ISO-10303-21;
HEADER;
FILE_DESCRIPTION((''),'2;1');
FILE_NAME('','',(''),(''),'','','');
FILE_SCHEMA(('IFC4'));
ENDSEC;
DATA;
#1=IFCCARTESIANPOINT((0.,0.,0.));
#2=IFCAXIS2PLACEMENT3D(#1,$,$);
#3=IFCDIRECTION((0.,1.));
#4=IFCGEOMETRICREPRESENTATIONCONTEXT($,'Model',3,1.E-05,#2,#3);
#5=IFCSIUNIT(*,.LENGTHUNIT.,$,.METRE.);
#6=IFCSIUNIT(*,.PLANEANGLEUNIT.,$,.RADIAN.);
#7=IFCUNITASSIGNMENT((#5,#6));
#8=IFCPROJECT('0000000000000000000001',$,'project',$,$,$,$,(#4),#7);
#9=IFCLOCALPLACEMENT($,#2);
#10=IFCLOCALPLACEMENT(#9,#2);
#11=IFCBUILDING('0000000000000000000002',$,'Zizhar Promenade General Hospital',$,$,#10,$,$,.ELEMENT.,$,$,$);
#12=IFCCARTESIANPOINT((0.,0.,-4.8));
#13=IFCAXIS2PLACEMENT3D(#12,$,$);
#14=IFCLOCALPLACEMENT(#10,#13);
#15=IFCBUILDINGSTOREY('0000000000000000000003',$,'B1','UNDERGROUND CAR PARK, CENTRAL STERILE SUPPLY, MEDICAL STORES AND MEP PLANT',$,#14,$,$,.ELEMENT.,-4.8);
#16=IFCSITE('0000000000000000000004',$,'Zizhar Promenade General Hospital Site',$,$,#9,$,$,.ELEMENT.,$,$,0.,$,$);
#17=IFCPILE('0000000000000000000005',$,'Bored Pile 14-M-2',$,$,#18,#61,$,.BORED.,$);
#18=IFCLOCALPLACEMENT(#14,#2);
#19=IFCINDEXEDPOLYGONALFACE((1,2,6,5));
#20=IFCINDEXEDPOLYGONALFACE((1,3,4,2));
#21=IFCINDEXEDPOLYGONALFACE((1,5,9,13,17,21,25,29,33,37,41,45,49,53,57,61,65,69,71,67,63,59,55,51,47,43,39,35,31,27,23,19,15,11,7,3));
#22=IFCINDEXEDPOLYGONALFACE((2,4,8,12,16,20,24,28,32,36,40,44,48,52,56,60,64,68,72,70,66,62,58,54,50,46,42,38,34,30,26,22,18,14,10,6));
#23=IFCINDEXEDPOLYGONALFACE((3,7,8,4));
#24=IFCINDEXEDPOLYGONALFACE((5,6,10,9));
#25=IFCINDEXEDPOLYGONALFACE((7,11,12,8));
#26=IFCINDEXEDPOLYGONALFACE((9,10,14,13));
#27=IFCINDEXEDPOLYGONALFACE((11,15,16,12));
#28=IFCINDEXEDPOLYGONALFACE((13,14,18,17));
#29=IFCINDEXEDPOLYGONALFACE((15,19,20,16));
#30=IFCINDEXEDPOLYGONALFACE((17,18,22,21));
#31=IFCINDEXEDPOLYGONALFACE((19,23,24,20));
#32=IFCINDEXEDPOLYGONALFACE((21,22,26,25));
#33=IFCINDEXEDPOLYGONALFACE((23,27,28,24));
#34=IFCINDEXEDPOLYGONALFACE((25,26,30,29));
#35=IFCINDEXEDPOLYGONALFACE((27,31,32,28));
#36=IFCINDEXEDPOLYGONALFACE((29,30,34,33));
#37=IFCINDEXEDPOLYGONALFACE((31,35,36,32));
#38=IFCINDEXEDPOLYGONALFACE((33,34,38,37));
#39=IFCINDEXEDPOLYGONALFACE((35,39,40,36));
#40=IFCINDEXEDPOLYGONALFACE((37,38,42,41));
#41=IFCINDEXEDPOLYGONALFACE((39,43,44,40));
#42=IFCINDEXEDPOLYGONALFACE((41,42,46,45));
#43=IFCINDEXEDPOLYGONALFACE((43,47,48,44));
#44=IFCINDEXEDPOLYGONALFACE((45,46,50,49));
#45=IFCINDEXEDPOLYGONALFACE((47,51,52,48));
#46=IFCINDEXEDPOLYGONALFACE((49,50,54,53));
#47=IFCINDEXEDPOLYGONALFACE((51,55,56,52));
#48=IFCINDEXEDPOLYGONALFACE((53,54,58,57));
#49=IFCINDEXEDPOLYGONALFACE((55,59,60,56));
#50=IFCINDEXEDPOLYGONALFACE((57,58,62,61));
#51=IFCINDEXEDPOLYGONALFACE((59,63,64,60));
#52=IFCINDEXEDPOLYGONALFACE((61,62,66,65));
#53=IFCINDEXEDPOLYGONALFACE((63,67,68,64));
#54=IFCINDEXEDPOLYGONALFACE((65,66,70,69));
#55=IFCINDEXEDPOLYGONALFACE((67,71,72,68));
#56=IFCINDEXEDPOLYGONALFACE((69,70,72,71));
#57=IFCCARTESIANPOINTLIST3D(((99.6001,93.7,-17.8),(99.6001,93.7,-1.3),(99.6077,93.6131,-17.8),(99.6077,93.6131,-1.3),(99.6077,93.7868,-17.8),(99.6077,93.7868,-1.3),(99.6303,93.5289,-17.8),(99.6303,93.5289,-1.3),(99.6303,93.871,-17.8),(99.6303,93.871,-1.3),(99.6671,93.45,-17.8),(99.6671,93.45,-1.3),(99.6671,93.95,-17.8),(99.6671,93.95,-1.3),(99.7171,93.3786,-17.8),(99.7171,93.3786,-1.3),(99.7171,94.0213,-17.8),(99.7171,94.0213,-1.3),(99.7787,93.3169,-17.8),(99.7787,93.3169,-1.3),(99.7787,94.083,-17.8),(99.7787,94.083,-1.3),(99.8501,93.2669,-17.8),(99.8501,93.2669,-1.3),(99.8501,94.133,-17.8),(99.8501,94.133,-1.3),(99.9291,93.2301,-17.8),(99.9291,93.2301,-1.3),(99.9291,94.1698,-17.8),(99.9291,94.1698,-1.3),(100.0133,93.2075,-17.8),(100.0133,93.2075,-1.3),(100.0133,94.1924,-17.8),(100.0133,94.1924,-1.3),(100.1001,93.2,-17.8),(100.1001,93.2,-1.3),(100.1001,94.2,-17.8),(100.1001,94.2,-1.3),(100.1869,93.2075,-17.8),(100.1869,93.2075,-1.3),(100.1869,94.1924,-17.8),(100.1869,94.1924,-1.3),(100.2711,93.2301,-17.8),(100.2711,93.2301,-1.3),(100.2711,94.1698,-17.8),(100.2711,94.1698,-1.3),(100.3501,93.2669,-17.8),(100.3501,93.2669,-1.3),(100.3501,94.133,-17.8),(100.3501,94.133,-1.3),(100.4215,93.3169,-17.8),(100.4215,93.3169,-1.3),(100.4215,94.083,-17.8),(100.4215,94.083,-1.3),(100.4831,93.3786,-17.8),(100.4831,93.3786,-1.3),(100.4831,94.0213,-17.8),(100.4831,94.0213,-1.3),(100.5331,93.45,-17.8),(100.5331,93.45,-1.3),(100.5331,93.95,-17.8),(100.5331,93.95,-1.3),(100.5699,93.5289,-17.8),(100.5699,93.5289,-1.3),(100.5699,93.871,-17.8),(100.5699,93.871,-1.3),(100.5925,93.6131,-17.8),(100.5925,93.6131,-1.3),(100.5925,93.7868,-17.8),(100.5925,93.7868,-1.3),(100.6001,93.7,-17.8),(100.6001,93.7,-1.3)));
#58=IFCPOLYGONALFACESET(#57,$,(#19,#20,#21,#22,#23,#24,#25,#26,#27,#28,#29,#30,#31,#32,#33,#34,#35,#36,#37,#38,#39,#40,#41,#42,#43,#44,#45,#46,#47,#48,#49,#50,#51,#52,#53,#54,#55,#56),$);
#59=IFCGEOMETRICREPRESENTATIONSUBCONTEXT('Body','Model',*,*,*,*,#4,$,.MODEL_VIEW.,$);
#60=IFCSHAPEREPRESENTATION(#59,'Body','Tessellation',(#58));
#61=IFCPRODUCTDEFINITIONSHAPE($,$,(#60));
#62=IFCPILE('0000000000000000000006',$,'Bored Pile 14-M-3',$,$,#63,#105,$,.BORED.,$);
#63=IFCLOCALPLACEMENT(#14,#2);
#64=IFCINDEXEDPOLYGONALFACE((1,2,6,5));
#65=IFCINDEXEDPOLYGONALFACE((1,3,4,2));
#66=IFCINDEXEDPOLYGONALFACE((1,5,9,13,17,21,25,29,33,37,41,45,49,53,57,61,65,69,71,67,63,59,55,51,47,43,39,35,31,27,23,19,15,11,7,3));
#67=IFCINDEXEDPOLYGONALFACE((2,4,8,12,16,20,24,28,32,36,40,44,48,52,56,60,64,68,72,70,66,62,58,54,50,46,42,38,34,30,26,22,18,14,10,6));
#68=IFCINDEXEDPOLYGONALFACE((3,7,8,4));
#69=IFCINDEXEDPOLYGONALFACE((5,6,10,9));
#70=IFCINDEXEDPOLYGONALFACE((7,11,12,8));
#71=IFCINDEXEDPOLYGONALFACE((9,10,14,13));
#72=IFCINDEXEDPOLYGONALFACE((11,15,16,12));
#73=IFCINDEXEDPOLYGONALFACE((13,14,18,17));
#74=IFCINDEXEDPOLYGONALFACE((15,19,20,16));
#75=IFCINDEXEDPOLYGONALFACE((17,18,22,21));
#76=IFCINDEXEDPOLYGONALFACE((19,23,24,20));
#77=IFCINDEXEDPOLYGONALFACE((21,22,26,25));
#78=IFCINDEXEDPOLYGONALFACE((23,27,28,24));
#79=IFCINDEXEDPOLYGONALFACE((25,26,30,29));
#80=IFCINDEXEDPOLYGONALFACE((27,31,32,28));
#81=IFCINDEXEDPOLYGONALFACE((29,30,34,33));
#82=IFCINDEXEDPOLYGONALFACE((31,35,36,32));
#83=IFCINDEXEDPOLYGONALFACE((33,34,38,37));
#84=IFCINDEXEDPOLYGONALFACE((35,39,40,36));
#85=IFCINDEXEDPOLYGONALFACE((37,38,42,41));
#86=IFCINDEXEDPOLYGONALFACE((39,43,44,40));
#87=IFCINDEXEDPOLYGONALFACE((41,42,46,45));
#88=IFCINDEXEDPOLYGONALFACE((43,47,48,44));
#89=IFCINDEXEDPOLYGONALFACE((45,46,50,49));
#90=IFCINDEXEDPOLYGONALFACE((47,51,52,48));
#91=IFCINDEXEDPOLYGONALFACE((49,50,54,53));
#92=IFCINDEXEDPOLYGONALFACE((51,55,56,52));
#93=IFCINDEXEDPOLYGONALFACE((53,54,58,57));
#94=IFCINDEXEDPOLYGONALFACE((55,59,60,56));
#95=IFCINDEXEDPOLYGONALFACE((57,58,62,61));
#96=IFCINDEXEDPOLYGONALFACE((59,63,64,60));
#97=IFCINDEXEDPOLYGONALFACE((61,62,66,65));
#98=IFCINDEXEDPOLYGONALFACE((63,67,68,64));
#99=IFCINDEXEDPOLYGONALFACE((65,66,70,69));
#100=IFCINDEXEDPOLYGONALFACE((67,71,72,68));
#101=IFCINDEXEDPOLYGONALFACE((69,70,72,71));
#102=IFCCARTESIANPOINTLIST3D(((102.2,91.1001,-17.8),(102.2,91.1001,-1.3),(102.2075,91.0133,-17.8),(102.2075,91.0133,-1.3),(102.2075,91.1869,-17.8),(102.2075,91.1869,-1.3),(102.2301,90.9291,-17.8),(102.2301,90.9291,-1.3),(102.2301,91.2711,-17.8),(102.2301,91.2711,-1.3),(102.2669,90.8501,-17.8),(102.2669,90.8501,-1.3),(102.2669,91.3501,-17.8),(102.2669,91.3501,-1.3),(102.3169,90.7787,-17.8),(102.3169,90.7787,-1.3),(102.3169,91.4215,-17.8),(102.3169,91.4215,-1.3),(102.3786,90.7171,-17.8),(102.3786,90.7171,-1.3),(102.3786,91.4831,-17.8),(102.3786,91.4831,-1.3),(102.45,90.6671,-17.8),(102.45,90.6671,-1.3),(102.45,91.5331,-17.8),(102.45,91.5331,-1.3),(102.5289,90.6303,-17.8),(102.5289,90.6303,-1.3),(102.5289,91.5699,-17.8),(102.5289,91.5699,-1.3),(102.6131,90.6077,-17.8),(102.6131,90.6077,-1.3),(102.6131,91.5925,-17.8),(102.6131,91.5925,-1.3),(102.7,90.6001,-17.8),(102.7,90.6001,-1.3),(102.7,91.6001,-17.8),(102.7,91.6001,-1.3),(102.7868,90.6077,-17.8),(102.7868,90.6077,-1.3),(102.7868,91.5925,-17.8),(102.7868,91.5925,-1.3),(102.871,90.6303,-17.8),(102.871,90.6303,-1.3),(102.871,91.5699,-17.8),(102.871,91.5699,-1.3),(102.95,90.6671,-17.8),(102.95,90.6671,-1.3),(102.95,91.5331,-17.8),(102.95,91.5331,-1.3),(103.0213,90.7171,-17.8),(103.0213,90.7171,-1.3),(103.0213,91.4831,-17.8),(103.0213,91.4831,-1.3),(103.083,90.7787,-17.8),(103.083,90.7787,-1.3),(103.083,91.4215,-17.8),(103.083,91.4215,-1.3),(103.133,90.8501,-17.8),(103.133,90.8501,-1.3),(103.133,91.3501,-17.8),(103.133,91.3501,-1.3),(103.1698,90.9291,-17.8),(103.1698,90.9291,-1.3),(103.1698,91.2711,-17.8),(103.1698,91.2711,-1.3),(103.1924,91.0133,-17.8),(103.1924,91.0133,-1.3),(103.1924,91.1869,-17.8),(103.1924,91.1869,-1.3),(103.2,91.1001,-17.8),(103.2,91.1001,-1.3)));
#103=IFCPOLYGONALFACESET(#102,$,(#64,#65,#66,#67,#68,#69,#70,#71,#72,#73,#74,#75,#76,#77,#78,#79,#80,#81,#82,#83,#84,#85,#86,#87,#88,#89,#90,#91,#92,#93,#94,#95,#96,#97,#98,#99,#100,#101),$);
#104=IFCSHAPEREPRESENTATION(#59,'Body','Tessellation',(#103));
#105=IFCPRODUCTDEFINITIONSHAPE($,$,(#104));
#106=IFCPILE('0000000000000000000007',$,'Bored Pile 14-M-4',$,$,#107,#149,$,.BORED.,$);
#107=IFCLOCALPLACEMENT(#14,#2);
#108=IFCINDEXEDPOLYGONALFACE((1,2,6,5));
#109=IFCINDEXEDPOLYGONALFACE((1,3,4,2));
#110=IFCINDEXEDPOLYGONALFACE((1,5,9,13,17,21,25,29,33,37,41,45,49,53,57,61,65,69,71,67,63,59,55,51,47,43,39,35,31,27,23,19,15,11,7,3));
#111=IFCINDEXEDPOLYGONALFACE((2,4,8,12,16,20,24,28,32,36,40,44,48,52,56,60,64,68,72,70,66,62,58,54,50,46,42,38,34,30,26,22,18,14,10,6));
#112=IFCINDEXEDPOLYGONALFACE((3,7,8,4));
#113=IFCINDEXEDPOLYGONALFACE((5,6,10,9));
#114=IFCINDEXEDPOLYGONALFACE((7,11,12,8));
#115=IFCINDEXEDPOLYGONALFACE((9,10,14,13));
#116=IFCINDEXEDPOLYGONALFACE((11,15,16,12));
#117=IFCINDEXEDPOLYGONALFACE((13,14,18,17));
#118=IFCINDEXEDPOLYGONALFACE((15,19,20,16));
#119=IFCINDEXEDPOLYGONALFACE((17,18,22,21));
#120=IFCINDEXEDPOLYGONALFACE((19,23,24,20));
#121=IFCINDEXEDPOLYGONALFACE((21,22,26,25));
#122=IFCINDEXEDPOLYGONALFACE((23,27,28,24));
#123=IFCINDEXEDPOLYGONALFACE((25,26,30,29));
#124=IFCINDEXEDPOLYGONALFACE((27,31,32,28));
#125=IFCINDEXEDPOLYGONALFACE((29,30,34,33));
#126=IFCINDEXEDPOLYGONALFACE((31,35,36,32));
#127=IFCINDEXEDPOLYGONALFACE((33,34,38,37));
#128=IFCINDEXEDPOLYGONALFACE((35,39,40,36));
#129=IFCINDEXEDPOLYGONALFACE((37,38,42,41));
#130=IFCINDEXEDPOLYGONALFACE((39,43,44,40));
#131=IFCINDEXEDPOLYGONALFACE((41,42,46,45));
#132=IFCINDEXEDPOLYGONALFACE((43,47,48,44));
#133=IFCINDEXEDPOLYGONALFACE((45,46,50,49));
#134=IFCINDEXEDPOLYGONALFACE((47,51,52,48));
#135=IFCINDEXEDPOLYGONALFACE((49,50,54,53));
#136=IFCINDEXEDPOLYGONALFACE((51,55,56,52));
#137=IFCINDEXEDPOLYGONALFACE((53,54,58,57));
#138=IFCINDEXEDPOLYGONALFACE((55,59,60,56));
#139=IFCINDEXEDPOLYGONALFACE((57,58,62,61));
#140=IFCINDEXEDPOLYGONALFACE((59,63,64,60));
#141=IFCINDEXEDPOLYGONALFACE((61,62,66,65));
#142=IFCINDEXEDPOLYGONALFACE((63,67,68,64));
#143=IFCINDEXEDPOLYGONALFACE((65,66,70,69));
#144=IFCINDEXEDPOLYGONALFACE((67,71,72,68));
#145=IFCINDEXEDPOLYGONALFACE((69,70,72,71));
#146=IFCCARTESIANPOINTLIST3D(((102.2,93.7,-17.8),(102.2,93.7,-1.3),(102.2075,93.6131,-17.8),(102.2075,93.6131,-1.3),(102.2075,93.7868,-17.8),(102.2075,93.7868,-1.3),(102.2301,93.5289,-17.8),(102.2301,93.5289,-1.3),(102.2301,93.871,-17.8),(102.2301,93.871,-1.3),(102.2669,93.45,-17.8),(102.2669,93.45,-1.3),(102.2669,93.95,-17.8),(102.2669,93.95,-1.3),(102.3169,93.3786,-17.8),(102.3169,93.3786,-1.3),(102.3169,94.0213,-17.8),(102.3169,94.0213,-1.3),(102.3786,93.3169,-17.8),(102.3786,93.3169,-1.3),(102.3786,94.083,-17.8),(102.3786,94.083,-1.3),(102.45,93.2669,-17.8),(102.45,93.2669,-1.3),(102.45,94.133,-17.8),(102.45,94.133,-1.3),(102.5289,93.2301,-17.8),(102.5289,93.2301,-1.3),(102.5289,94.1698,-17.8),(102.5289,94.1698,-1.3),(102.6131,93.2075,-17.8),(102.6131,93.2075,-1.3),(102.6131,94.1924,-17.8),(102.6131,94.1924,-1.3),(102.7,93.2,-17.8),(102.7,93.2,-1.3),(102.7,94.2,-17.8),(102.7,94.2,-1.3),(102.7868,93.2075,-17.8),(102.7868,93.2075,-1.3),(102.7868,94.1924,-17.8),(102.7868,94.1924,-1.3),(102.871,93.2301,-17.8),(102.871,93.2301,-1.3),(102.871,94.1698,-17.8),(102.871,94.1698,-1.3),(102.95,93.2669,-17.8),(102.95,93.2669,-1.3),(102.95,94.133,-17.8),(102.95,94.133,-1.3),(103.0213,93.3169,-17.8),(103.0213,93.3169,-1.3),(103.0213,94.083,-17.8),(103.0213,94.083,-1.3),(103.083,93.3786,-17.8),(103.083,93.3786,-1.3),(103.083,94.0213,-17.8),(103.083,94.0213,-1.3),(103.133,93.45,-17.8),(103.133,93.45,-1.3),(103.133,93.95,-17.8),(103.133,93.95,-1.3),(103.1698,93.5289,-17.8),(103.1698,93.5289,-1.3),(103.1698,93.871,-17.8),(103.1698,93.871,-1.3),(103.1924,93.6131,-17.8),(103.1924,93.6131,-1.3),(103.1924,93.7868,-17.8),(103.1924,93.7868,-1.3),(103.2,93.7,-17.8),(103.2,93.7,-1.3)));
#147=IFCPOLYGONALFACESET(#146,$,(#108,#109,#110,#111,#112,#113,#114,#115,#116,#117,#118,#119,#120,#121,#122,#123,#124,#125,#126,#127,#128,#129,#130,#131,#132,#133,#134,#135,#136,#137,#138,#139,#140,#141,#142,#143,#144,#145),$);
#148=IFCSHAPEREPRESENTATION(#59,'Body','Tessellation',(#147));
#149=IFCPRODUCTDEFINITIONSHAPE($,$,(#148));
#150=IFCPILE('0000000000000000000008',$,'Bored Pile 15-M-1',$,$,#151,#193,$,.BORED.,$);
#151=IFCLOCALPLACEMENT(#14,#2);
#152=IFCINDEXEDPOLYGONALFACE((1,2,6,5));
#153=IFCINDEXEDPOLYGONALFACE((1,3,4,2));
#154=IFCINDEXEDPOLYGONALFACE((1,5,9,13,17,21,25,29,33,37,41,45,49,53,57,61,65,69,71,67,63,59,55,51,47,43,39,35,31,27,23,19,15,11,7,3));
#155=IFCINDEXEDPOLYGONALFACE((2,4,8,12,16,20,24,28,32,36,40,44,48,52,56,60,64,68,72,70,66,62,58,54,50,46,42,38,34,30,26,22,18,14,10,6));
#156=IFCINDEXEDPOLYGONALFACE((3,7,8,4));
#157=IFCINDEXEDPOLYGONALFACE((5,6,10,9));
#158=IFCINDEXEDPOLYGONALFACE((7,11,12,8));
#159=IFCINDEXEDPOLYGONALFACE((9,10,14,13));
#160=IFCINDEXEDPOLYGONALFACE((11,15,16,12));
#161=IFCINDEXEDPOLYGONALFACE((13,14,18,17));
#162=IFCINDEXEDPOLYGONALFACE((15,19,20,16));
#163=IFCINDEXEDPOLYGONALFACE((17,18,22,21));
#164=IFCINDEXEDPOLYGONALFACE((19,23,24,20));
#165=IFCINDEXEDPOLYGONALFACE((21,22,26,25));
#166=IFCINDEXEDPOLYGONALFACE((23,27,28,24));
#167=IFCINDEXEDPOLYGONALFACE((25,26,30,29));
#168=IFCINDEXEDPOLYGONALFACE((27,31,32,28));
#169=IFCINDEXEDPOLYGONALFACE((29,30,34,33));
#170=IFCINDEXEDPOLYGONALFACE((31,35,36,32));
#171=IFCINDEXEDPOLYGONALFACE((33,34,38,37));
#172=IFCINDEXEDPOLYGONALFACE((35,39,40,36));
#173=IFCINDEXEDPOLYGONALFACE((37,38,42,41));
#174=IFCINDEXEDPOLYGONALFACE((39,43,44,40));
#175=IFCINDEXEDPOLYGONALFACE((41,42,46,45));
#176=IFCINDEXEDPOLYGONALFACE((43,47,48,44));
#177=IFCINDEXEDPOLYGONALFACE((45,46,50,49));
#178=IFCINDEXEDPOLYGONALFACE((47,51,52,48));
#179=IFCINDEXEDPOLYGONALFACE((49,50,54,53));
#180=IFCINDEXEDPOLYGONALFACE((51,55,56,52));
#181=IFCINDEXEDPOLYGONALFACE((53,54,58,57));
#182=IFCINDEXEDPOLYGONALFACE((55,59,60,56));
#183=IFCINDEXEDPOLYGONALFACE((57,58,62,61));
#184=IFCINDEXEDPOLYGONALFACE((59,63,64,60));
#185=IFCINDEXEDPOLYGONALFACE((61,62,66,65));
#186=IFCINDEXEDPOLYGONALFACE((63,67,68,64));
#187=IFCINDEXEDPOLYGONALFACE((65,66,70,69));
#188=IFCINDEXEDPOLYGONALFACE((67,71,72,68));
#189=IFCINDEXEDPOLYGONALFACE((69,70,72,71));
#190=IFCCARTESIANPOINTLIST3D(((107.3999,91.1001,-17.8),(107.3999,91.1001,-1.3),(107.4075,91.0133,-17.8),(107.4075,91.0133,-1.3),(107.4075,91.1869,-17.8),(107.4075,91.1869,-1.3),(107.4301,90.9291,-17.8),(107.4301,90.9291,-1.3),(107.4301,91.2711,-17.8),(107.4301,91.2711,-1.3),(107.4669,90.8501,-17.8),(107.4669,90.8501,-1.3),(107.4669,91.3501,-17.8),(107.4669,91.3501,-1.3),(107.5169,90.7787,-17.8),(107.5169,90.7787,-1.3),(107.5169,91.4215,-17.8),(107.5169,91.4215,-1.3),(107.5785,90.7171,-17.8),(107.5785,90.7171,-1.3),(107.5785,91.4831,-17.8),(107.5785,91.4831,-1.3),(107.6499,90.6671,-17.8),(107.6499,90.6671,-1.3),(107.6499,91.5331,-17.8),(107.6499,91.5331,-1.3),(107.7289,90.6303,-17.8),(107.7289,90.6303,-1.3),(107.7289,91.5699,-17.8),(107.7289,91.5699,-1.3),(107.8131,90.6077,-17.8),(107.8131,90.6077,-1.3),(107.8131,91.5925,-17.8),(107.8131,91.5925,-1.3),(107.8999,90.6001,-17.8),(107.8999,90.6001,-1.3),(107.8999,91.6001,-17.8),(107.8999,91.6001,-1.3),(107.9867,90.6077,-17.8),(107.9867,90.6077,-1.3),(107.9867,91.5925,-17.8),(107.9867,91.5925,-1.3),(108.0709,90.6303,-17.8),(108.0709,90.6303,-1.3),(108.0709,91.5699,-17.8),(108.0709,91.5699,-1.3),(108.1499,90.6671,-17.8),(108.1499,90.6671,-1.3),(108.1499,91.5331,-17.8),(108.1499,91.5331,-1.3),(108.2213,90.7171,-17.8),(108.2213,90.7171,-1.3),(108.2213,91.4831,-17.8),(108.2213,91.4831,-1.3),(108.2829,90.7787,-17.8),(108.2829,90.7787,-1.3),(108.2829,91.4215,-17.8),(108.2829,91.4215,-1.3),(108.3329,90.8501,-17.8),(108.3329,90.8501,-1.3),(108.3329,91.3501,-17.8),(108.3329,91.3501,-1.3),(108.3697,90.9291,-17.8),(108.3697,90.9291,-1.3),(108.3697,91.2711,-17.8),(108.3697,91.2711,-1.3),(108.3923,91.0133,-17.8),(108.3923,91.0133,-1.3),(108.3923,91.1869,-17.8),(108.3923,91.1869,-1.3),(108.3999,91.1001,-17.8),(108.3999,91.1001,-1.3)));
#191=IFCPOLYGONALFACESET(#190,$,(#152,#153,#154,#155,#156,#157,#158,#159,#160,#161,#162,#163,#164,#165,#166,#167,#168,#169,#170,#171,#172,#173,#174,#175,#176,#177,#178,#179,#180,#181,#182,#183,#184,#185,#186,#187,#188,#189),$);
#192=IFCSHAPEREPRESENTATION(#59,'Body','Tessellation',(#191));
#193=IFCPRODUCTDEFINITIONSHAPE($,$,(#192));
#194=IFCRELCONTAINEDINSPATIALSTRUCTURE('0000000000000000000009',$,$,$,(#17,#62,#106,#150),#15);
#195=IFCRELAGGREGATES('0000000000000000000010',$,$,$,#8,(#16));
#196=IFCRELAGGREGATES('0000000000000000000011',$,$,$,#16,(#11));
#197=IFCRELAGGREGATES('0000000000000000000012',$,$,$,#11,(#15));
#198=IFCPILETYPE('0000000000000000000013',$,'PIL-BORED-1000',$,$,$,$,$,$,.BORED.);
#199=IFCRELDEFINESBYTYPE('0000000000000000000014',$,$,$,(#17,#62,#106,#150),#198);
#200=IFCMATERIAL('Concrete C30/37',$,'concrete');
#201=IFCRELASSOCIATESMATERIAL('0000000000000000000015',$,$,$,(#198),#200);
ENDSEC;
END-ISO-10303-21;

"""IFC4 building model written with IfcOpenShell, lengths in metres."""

from ifc_helpers import new_model, si_unit, direction, frame, origin, origin_2d, place, context, subcontext, project, spatial, circle, extrude, material, material_profile, profile_set, type_object, element, save


model = new_model("IFC4")

# Units and contexts
model_context = context("Model", 3, precision=1e-05, world=origin(), true_north=direction((0.0, 1.0)))
body_context = subcontext(model_context, "Body", "Model", "MODEL_VIEW")
ifc_project = project(units=[si_unit("LENGTHUNIT", "METRE"), si_unit("PLANEANGLEUNIT", "RADIAN")], contexts=[model_context])

# Site, building, storey
site_placement = place(None, origin())
site = spatial("IfcSite", under=ifc_project, at=site_placement, Name="Zizhar Promenade General Hospital Site", CompositionType="ELEMENT", RefElevation=0.0)
building_placement = place(site_placement, origin())
building = spatial("IfcBuilding", under=site, at=building_placement, Name="Zizhar Promenade General Hospital", CompositionType="ELEMENT")
storey_placement = place(building_placement, frame((0.0, 0.0, -4.8)))
storey = spatial("IfcBuildingStorey", under=building, at=storey_placement, Name="B1", Description="UNDERGROUND CAR PARK, CENTRAL STERILE SUPPLY, MEDICAL STORES AND MEP PLANT", CompositionType="ELEMENT", Elevation=-4.8)

# Piles
ifc_material_1 = material(Name="Concrete C30/37", Category="concrete")
ifc_material_profile_1 = material_profile(ifc_material_1, circle(Radius=0.5, at=origin_2d()))
ifc_profile_set_1 = profile_set([ifc_material_profile_1], Name="Concrete C30/37")
pile_type = type_object("IfcPileType", Name="PIL-BORED-1000", PredefinedType="BORED", material=ifc_profile_set_1)
for number, where, z_axis, x_axis, name in (
    (1, (100.1001, 93.7, -1.3), (0.0, 0.0, -1.0), (1.0, 0.0, 0.0), "Bored Pile 14-M-2"),
    (2, (102.7, 91.1001, -1.3), (0.0, 0.0, -1.0), (1.0, 0.0, 0.0), "Bored Pile 14-M-3"),
    (3, (102.7, 93.7, -1.3), (0.0, 0.0, -1.0), (1.0, 0.0, 0.0), "Bored Pile 14-M-4"),
    (4, (107.8999, 91.1001, -1.3), (0.0, 0.0, -1.0), (1.0, 0.0, 0.0), "Bored Pile 15-M-1"),
):
    element("IfcPile", number, at=place(storey_placement, frame(where, z_axis=z_axis, x_axis=x_axis)), inside=storey, type_object=pile_type, Name=name, PredefinedType="BORED", context=body_context, shape_type="SweptSolid", body=[
        extrude(circle(Radius=0.5, at=origin_2d()), origin(), (0.0, 0.0, 1.0), 16.5),
    ])

save(model, "model.ifc")
